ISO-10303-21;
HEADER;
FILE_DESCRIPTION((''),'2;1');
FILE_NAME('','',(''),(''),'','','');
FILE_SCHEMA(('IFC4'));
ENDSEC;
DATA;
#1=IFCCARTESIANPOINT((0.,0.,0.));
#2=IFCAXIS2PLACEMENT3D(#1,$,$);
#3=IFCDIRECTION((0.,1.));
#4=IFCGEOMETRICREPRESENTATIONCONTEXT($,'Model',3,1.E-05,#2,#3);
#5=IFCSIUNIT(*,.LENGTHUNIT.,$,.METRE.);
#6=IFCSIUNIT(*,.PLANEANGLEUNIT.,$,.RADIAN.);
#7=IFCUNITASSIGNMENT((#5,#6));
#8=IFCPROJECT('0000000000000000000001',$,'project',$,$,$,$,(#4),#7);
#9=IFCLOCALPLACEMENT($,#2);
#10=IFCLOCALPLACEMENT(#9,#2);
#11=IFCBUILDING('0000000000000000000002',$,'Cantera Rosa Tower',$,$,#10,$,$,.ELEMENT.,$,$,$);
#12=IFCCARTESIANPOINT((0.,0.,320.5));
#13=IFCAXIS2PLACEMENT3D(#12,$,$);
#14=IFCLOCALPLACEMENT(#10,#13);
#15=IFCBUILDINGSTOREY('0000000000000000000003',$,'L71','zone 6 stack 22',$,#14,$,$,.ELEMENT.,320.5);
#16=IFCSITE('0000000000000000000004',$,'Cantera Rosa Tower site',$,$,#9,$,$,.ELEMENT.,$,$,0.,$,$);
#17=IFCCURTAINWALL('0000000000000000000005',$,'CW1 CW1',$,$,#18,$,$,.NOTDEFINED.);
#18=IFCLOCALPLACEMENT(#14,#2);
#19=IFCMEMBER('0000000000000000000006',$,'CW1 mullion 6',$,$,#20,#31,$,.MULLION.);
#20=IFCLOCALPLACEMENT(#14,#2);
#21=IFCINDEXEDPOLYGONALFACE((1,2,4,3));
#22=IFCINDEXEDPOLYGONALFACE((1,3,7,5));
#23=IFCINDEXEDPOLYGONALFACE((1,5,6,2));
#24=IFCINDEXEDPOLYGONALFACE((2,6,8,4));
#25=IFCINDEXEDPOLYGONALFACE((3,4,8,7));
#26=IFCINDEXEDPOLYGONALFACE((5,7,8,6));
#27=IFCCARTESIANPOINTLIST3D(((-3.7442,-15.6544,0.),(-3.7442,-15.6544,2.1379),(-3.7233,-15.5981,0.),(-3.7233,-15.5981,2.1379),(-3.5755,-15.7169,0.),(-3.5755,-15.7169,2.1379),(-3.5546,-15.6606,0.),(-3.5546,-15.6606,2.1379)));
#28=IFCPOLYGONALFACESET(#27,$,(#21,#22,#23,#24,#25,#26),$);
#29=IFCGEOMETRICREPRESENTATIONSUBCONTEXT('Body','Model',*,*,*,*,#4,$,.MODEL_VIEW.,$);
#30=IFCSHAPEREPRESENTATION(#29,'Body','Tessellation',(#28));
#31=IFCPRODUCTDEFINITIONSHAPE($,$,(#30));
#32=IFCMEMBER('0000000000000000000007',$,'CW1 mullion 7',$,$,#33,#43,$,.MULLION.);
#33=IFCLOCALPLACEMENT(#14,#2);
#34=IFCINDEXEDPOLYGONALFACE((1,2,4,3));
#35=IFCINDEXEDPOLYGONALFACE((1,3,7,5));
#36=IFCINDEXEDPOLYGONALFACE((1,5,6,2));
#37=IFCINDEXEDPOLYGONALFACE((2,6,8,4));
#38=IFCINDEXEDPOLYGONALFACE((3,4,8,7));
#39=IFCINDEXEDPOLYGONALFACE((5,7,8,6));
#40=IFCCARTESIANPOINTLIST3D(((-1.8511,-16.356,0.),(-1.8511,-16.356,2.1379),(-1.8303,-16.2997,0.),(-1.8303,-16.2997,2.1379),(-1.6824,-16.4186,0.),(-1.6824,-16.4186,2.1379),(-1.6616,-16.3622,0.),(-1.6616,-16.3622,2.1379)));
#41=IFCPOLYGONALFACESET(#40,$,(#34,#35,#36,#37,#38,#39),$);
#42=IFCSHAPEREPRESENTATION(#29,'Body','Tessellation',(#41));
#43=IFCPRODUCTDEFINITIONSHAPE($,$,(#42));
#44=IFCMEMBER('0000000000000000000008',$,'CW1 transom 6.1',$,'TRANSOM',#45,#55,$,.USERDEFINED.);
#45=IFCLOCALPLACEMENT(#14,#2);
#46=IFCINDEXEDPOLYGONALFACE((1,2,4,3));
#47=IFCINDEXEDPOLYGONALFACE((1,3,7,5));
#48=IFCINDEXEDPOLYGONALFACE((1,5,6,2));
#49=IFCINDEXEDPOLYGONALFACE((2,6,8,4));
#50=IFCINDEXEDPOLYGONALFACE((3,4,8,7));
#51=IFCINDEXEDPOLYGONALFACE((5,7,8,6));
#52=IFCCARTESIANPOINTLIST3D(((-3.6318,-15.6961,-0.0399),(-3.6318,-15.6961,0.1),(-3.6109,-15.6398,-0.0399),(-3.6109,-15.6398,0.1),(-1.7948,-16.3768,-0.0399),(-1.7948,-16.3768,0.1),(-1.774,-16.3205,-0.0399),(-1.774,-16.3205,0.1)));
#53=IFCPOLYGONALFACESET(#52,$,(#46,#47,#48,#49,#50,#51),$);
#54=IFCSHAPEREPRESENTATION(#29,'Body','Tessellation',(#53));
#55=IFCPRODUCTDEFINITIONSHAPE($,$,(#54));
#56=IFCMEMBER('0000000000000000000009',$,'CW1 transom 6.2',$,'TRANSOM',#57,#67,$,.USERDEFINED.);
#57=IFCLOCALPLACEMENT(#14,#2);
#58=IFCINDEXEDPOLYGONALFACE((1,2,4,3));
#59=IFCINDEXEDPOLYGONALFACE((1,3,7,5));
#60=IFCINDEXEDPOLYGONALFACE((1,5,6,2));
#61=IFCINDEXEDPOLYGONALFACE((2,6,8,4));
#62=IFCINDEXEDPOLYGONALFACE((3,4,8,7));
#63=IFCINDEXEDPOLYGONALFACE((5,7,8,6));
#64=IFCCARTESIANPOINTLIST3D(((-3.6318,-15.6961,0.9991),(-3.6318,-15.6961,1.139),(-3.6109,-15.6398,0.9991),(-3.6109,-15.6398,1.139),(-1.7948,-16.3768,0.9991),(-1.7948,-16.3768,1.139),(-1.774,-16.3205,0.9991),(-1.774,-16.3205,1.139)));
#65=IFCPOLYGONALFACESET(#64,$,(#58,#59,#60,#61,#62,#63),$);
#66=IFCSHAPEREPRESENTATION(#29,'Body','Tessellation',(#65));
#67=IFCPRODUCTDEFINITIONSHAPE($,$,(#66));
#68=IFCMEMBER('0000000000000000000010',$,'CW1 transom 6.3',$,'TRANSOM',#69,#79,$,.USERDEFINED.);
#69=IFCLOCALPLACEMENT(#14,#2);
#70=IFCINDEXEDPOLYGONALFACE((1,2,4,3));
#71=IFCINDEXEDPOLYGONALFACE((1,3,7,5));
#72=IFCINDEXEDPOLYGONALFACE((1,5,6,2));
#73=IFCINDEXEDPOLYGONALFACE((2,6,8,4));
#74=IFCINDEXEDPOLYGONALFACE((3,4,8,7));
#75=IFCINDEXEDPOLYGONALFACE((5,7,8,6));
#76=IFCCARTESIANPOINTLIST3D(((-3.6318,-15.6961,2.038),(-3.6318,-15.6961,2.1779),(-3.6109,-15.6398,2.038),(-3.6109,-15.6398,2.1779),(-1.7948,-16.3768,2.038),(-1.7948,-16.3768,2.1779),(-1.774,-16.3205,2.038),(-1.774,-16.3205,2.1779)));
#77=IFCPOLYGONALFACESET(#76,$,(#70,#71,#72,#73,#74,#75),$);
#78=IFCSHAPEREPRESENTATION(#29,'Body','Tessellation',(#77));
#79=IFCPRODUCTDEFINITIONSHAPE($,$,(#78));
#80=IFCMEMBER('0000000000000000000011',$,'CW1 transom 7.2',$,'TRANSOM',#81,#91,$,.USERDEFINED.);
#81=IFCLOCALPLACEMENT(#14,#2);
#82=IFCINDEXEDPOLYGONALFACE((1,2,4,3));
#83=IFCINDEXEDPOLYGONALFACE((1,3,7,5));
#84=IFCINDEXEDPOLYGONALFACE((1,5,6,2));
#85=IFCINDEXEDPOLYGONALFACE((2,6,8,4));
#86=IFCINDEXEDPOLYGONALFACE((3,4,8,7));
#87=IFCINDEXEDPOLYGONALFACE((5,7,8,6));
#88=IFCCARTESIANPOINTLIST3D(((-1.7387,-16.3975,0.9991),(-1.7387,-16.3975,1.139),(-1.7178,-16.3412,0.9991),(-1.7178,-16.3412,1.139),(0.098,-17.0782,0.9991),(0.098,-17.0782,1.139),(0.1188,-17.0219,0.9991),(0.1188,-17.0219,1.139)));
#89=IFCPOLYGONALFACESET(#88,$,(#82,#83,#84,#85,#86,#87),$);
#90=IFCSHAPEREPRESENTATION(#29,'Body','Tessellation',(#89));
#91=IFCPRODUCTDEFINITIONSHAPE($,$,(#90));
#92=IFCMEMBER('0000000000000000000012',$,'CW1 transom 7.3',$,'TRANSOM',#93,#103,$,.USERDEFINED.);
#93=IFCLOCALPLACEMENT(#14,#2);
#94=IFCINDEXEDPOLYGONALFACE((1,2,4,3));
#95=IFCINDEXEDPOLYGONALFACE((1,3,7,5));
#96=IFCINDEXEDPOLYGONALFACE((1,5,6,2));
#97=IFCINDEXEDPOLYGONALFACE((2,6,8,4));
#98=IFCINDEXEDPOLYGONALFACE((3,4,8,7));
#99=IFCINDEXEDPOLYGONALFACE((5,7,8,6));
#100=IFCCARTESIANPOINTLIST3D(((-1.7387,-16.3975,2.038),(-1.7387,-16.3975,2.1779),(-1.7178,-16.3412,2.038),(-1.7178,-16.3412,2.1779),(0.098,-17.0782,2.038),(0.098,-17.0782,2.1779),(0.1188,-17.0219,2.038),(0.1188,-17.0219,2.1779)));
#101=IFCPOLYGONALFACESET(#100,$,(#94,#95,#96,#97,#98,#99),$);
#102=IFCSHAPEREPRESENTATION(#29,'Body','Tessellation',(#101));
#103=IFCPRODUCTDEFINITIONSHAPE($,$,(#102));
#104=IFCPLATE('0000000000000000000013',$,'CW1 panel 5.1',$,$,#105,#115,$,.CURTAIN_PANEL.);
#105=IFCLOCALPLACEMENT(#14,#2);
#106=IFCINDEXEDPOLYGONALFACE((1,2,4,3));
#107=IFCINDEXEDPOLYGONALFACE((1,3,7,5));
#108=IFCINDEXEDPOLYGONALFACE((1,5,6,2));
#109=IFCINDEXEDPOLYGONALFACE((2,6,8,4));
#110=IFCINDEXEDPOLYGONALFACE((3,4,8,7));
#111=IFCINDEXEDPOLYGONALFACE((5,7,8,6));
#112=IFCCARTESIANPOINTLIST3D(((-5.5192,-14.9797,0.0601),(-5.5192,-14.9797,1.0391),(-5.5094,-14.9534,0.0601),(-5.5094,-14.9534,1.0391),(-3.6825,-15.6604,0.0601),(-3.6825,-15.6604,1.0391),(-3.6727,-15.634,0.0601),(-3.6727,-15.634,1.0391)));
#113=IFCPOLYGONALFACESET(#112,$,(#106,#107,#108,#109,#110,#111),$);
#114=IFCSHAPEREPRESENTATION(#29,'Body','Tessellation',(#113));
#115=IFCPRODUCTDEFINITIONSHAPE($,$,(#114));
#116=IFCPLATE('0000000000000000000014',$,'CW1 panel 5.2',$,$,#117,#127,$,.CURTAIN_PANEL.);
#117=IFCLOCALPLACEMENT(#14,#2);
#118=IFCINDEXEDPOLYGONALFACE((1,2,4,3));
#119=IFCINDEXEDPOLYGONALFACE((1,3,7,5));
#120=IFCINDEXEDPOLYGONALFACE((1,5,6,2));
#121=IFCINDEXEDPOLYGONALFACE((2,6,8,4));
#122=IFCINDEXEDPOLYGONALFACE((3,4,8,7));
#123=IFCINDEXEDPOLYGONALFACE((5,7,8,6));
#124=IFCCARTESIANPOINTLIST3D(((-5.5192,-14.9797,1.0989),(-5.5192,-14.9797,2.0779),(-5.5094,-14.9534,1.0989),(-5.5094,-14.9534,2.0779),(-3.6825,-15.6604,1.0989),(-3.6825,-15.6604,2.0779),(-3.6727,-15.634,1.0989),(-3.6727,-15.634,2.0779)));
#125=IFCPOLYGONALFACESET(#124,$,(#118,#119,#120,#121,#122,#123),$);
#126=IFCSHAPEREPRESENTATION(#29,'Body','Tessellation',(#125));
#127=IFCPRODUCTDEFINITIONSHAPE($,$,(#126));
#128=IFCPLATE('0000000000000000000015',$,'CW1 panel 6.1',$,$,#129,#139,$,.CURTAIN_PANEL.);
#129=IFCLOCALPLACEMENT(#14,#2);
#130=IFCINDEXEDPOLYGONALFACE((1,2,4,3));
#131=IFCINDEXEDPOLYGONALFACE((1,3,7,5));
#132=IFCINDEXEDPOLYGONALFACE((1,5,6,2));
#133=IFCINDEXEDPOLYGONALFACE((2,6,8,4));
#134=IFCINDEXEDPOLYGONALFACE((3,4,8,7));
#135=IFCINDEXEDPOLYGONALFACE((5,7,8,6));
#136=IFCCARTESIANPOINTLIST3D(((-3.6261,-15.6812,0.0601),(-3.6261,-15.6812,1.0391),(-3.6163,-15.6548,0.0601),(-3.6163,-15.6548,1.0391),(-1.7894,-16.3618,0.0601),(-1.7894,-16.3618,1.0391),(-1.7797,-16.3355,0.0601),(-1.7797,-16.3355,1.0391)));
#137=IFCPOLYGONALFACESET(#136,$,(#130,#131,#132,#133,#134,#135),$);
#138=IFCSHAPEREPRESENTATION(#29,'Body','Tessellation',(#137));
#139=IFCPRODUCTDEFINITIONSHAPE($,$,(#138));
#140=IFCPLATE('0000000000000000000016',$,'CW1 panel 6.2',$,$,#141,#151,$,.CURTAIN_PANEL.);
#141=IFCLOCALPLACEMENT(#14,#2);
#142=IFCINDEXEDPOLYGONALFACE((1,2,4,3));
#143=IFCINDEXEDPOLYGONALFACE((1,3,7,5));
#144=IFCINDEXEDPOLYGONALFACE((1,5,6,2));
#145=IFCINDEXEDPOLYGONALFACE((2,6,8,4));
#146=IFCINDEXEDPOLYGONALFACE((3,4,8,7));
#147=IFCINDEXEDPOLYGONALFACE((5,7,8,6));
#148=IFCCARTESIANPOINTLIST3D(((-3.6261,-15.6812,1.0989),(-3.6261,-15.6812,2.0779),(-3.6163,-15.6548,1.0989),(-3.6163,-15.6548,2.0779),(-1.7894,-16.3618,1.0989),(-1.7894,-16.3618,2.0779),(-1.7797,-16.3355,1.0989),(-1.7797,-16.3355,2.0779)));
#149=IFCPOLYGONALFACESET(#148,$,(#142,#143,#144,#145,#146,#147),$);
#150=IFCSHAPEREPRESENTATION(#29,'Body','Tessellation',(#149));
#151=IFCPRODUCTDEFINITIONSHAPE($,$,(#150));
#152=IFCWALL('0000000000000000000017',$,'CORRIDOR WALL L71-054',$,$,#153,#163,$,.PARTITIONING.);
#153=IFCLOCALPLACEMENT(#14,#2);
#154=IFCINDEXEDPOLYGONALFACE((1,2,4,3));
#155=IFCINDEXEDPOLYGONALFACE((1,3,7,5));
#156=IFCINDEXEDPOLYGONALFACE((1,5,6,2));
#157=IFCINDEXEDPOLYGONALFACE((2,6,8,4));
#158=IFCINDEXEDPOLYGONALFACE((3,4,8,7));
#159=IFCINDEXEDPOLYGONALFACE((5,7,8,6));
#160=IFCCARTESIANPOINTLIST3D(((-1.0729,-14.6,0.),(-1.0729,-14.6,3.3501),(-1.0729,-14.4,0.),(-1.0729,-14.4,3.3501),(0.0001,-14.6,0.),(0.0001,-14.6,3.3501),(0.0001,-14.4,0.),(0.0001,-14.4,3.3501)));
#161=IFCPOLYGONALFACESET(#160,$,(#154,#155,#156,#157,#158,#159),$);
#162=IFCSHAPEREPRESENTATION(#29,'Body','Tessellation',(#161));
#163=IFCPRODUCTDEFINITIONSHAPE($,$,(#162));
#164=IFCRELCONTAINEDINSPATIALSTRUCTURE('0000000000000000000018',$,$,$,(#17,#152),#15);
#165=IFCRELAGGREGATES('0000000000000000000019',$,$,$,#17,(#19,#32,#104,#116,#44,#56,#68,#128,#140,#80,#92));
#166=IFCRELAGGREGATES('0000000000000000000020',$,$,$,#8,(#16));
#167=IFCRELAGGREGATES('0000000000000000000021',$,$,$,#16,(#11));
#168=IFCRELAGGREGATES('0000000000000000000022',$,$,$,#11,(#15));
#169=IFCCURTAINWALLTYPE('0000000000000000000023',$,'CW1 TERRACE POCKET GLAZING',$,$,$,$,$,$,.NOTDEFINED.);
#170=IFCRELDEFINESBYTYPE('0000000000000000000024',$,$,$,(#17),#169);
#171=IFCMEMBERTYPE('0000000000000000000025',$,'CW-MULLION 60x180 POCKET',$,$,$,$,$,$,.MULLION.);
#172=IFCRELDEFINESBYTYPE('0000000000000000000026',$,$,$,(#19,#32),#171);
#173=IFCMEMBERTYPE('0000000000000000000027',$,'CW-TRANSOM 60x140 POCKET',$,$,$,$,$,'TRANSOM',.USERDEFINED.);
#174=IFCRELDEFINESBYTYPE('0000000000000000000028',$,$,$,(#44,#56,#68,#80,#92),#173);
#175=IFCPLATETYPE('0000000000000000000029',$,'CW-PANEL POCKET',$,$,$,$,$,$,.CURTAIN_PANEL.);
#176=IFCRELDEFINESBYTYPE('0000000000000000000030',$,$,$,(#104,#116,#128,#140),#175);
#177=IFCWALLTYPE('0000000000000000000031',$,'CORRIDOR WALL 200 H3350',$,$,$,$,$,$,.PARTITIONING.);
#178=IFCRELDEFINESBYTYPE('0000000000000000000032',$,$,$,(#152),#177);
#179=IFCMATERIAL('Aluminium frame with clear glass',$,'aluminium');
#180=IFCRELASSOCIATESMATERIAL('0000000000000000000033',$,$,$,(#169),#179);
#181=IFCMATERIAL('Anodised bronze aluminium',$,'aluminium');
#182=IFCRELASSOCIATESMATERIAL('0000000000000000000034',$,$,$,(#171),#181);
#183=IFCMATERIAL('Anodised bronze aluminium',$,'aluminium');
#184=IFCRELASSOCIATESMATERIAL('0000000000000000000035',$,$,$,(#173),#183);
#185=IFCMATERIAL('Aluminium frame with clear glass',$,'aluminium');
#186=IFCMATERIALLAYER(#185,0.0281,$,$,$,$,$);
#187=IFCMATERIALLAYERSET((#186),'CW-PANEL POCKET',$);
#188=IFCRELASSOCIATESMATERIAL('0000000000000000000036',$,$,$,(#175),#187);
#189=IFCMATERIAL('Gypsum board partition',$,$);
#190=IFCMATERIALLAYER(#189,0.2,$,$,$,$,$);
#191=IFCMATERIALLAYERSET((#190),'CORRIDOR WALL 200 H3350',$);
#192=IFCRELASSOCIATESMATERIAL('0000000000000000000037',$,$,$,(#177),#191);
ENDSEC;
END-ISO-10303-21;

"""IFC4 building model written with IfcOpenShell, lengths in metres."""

from ifc_helpers import new_model, si_unit, direction, frame, frame_2d, origin, origin_2d, place, context, subcontext, project, spatial, rectangle, extrude, material, layer, layer_set, material_profile, profile_set, type_object, element, aggregate, save


model = new_model("IFC4")

# Units and contexts
model_context = context("Model", 3, precision=1e-05, world=origin(), true_north=direction((0.0, 1.0)))
body_context = subcontext(model_context, "Body", "Model", "MODEL_VIEW")
ifc_project = project(units=[si_unit("LENGTHUNIT", "METRE"), si_unit("PLANEANGLEUNIT", "RADIAN")], contexts=[model_context])

# Site, building, storey
site_placement = place(None, origin())
site = spatial("IfcSite", under=ifc_project, at=site_placement, Name="Cantera Rosa Tower site", CompositionType="ELEMENT", RefElevation=0.0)
building_placement = place(site_placement, origin())
building = spatial("IfcBuilding", under=site, at=building_placement, Name="Cantera Rosa Tower", CompositionType="ELEMENT")
storey_placement = place(building_placement, frame((0.0, 0.0, 320.5)))
storey = spatial("IfcBuildingStorey", under=building, at=storey_placement, Name="L71", Description="zone 6 stack 22", CompositionType="ELEMENT", Elevation=320.5)

# Curtain wall, members, plates
ifc_material_1 = material(Name="Aluminium frame with clear glass", Category="aluminium")
curtain_wall_type = type_object("IfcCurtainWallType", Name="CW1 TERRACE POCKET GLAZING", PredefinedType="NOTDEFINED", material=ifc_material_1)
curtain_wall_placement = place(storey_placement, origin())
curtain_wall = element("IfcCurtainWall", 1, at=curtain_wall_placement, inside=storey, type_object=curtain_wall_type, Name="CW1 CW1", PredefinedType="NOTDEFINED")
ifc_material_2 = material(Name="Anodised bronze aluminium", Category="aluminium")
ifc_material_profile_1 = material_profile(ifc_material_2, rectangle(XDim=0.0601, YDim=0.1799, at=origin_2d()), Name="CW-MULLION 60x180 POCKET")
ifc_profile_set_1 = profile_set([ifc_material_profile_1], Name="Anodised bronze aluminium")
member_type_1 = type_object("IfcMemberType", Name="CW-MULLION 60x180 POCKET", PredefinedType="MULLION", material=ifc_profile_set_1)
member_1_placement = place(storey_placement, frame((-3.6494, -15.6575, 0.0), z_axis=(0.0, 0.0, 1.0), x_axis=(0.347481, 0.937687, 0.0)))
member_1 = element("IfcMember", 2, at=member_1_placement, type_object=member_type_1, Name="CW1 mullion 6", PredefinedType="MULLION", context=body_context, shape_type="SweptSolid", body=[
    extrude(rectangle(XDim=0.0601, YDim=0.1799, at=origin_2d()), origin(), (0.0, 0.0, 1.0), 2.1379),
])
member_2_placement = place(storey_placement, frame((-1.7563, -16.3591, 0.0), z_axis=(0.0, 0.0, 1.0), x_axis=(0.347481, 0.937687, 0.0)))
member_2 = element("IfcMember", 3, at=member_2_placement, type_object=member_type_1, Name="CW1 mullion 7", PredefinedType="MULLION", context=body_context, shape_type="SweptSolid", body=[
    extrude(rectangle(XDim=0.0601, YDim=0.1799, at=origin_2d()), origin(), (0.0, 0.0, 1.0), 2.1379),
])
ifc_material_3 = material(Name="Anodised bronze aluminium", Category="aluminium")
ifc_material_profile_2 = material_profile(ifc_material_3, rectangle(XDim=0.0601, YDim=0.1399, at=origin_2d()), Name="CW-TRANSOM 60x140 POCKET")
ifc_profile_set_2 = profile_set([ifc_material_profile_2], Name="Anodised bronze aluminium")
member_type_2 = type_object("IfcMemberType", Name="CW-TRANSOM 60x140 POCKET", ElementType="TRANSOM", PredefinedType="USERDEFINED", material=ifc_profile_set_2)
member_3_placement = place(storey_placement, frame((-3.6213, -15.668, 0.03), z_axis=(0.937695, -0.34746, 0.0), x_axis=(0.34746, 0.937695, 0.0)))
member_3 = element("IfcMember", 4, at=member_3_placement, type_object=member_type_2, Name="CW1 transom 6.1", ObjectType="TRANSOM", PredefinedType="USERDEFINED", context=body_context, shape_type="SweptSolid", body=[
    extrude(rectangle(XDim=0.0601, YDim=0.1399, at=origin_2d()), origin(), (0.0, 0.0, 1.0), 1.959),
])
member_4_placement = place(storey_placement, frame((-3.6213, -15.668, 1.0691), z_axis=(0.937695, -0.34746, 0.0), x_axis=(0.34746, 0.937695, 0.0)))
member_4 = element("IfcMember", 5, at=member_4_placement, type_object=member_type_2, Name="CW1 transom 6.2", ObjectType="TRANSOM", PredefinedType="USERDEFINED", context=body_context, shape_type="SweptSolid", body=[
    extrude(rectangle(XDim=0.0601, YDim=0.1399, at=origin_2d()), origin(), (0.0, 0.0, 1.0), 1.959),
])
member_5_placement = place(storey_placement, frame((-3.6213, -15.668, 2.1079), z_axis=(0.937695, -0.34746, 0.0), x_axis=(0.34746, 0.937695, 0.0)))
member_5 = element("IfcMember", 6, at=member_5_placement, type_object=member_type_2, Name="CW1 transom 6.3", ObjectType="TRANSOM", PredefinedType="USERDEFINED", context=body_context, shape_type="SweptSolid", body=[
    extrude(rectangle(XDim=0.0601, YDim=0.1399, at=origin_2d()), origin(), (0.0, 0.0, 1.0), 1.959),
])
member_6_placement = place(storey_placement, frame((-1.7283, -16.3694, 1.0691), z_axis=(0.93768, -0.347501, 0.0), x_axis=(0.347501, 0.93768, 0.0)))
member_6 = element("IfcMember", 7, at=member_6_placement, type_object=member_type_2, Name="CW1 transom 7.2", ObjectType="TRANSOM", PredefinedType="USERDEFINED", context=body_context, shape_type="SweptSolid", body=[
    extrude(rectangle(XDim=0.0601, YDim=0.1399, at=origin_2d()), origin(), (0.0, 0.0, 1.0), 1.9587),
])
member_7_placement = place(storey_placement, frame((-1.7283, -16.3694, 2.1079), z_axis=(0.93768, -0.347501, 0.0), x_axis=(0.347501, 0.93768, 0.0)))
member_7 = element("IfcMember", 8, at=member_7_placement, type_object=member_type_2, Name="CW1 transom 7.3", ObjectType="TRANSOM", PredefinedType="USERDEFINED", context=body_context, shape_type="SweptSolid", body=[
    extrude(rectangle(XDim=0.0601, YDim=0.1399, at=origin_2d()), origin(), (0.0, 0.0, 1.0), 1.9587),
])
ifc_material_4 = material(Name="Aluminium frame with clear glass", Category="aluminium")
ifc_layer_1 = layer(ifc_material_4, 0.0281)
ifc_layer_set_1 = layer_set([ifc_layer_1], Name="CW-PANEL POCKET")
plate_type = type_object("IfcPlateType", Name="CW-PANEL POCKET", PredefinedType="CURTAIN_PANEL", material=ifc_layer_set_1)
plate_1_placement = place(storey_placement, frame((-4.5959, -15.3069, 0.0601), z_axis=(0.0, 0.0, 1.0), x_axis=(0.937687, -0.347481, 0.0)))
plate_1 = element("IfcPlate", 9, at=plate_1_placement, type_object=plate_type, Name="CW1 panel 5.1", PredefinedType="CURTAIN_PANEL", context=body_context, shape_type="SweptSolid", body=[
    extrude(rectangle(XDim=1.9587, YDim=0.0281, at=origin_2d()), origin(), (0.0, 0.0, 1.0), 0.979),
])
plate_2_placement = place(storey_placement, frame((-4.5959, -15.3069, 1.0989), z_axis=(0.0, 0.0, 1.0), x_axis=(0.937687, -0.347481, 0.0)))
plate_2 = element("IfcPlate", 10, at=plate_2_placement, type_object=plate_type, Name="CW1 panel 5.2", PredefinedType="CURTAIN_PANEL", context=body_context, shape_type="SweptSolid", body=[
    extrude(rectangle(XDim=1.9587, YDim=0.0281, at=origin_2d()), origin(), (0.0, 0.0, 1.0), 0.979),
])
plate_3_placement = place(storey_placement, frame((-2.7029, -16.0083, 0.0601), z_axis=(0.0, 0.0, 1.0), x_axis=(0.937687, -0.347481, 0.0)))
plate_3 = element("IfcPlate", 11, at=plate_3_placement, type_object=plate_type, Name="CW1 panel 6.1", PredefinedType="CURTAIN_PANEL", context=body_context, shape_type="SweptSolid", body=[
    extrude(rectangle(XDim=1.9587, YDim=0.0281, at=origin_2d()), origin(), (0.0, 0.0, 1.0), 0.979),
])
plate_4_placement = place(storey_placement, frame((-2.7029, -16.0083, 1.0989), z_axis=(0.0, 0.0, 1.0), x_axis=(0.937687, -0.347481, 0.0)))
plate_4 = element("IfcPlate", 12, at=plate_4_placement, type_object=plate_type, Name="CW1 panel 6.2", PredefinedType="CURTAIN_PANEL", context=body_context, shape_type="SweptSolid", body=[
    extrude(rectangle(XDim=1.9587, YDim=0.0281, at=origin_2d()), origin(), (0.0, 0.0, 1.0), 0.979),
])
aggregate(curtain_wall, [member_1, member_2, plate_1, plate_2, member_3, member_4, member_5, plate_3, plate_4, member_6, member_7])

# Wall
ifc_material_5 = material(Name="Gypsum board partition")
ifc_layer_2 = layer(ifc_material_5, 0.2)
ifc_layer_set_2 = layer_set([ifc_layer_2], Name="CORRIDOR WALL 200 H3350")
wall_type_1 = type_object("IfcWallType", Name="CORRIDOR WALL 200 H3350", PredefinedType="PARTITIONING", material=ifc_layer_set_2)
wall_1_placement = place(storey_placement, frame((-1.073, -14.5, 0.0), z_axis=(0.0, 0.0, 1.0), x_axis=(1.0, 0.0, 0.0)))
element("IfcWall", 13, at=wall_1_placement, inside=storey, type_object=wall_type_1, Name="CORRIDOR WALL L71-054", PredefinedType="PARTITIONING", context=body_context, shape_type="SweptSolid", body=[
    extrude(rectangle(XDim=1.073, YDim=0.2, at=frame_2d((0.5366, 0.0))), origin(), (0.0, 0.0, 1.0), 3.3501),
])

save(model, "model.ifc")
